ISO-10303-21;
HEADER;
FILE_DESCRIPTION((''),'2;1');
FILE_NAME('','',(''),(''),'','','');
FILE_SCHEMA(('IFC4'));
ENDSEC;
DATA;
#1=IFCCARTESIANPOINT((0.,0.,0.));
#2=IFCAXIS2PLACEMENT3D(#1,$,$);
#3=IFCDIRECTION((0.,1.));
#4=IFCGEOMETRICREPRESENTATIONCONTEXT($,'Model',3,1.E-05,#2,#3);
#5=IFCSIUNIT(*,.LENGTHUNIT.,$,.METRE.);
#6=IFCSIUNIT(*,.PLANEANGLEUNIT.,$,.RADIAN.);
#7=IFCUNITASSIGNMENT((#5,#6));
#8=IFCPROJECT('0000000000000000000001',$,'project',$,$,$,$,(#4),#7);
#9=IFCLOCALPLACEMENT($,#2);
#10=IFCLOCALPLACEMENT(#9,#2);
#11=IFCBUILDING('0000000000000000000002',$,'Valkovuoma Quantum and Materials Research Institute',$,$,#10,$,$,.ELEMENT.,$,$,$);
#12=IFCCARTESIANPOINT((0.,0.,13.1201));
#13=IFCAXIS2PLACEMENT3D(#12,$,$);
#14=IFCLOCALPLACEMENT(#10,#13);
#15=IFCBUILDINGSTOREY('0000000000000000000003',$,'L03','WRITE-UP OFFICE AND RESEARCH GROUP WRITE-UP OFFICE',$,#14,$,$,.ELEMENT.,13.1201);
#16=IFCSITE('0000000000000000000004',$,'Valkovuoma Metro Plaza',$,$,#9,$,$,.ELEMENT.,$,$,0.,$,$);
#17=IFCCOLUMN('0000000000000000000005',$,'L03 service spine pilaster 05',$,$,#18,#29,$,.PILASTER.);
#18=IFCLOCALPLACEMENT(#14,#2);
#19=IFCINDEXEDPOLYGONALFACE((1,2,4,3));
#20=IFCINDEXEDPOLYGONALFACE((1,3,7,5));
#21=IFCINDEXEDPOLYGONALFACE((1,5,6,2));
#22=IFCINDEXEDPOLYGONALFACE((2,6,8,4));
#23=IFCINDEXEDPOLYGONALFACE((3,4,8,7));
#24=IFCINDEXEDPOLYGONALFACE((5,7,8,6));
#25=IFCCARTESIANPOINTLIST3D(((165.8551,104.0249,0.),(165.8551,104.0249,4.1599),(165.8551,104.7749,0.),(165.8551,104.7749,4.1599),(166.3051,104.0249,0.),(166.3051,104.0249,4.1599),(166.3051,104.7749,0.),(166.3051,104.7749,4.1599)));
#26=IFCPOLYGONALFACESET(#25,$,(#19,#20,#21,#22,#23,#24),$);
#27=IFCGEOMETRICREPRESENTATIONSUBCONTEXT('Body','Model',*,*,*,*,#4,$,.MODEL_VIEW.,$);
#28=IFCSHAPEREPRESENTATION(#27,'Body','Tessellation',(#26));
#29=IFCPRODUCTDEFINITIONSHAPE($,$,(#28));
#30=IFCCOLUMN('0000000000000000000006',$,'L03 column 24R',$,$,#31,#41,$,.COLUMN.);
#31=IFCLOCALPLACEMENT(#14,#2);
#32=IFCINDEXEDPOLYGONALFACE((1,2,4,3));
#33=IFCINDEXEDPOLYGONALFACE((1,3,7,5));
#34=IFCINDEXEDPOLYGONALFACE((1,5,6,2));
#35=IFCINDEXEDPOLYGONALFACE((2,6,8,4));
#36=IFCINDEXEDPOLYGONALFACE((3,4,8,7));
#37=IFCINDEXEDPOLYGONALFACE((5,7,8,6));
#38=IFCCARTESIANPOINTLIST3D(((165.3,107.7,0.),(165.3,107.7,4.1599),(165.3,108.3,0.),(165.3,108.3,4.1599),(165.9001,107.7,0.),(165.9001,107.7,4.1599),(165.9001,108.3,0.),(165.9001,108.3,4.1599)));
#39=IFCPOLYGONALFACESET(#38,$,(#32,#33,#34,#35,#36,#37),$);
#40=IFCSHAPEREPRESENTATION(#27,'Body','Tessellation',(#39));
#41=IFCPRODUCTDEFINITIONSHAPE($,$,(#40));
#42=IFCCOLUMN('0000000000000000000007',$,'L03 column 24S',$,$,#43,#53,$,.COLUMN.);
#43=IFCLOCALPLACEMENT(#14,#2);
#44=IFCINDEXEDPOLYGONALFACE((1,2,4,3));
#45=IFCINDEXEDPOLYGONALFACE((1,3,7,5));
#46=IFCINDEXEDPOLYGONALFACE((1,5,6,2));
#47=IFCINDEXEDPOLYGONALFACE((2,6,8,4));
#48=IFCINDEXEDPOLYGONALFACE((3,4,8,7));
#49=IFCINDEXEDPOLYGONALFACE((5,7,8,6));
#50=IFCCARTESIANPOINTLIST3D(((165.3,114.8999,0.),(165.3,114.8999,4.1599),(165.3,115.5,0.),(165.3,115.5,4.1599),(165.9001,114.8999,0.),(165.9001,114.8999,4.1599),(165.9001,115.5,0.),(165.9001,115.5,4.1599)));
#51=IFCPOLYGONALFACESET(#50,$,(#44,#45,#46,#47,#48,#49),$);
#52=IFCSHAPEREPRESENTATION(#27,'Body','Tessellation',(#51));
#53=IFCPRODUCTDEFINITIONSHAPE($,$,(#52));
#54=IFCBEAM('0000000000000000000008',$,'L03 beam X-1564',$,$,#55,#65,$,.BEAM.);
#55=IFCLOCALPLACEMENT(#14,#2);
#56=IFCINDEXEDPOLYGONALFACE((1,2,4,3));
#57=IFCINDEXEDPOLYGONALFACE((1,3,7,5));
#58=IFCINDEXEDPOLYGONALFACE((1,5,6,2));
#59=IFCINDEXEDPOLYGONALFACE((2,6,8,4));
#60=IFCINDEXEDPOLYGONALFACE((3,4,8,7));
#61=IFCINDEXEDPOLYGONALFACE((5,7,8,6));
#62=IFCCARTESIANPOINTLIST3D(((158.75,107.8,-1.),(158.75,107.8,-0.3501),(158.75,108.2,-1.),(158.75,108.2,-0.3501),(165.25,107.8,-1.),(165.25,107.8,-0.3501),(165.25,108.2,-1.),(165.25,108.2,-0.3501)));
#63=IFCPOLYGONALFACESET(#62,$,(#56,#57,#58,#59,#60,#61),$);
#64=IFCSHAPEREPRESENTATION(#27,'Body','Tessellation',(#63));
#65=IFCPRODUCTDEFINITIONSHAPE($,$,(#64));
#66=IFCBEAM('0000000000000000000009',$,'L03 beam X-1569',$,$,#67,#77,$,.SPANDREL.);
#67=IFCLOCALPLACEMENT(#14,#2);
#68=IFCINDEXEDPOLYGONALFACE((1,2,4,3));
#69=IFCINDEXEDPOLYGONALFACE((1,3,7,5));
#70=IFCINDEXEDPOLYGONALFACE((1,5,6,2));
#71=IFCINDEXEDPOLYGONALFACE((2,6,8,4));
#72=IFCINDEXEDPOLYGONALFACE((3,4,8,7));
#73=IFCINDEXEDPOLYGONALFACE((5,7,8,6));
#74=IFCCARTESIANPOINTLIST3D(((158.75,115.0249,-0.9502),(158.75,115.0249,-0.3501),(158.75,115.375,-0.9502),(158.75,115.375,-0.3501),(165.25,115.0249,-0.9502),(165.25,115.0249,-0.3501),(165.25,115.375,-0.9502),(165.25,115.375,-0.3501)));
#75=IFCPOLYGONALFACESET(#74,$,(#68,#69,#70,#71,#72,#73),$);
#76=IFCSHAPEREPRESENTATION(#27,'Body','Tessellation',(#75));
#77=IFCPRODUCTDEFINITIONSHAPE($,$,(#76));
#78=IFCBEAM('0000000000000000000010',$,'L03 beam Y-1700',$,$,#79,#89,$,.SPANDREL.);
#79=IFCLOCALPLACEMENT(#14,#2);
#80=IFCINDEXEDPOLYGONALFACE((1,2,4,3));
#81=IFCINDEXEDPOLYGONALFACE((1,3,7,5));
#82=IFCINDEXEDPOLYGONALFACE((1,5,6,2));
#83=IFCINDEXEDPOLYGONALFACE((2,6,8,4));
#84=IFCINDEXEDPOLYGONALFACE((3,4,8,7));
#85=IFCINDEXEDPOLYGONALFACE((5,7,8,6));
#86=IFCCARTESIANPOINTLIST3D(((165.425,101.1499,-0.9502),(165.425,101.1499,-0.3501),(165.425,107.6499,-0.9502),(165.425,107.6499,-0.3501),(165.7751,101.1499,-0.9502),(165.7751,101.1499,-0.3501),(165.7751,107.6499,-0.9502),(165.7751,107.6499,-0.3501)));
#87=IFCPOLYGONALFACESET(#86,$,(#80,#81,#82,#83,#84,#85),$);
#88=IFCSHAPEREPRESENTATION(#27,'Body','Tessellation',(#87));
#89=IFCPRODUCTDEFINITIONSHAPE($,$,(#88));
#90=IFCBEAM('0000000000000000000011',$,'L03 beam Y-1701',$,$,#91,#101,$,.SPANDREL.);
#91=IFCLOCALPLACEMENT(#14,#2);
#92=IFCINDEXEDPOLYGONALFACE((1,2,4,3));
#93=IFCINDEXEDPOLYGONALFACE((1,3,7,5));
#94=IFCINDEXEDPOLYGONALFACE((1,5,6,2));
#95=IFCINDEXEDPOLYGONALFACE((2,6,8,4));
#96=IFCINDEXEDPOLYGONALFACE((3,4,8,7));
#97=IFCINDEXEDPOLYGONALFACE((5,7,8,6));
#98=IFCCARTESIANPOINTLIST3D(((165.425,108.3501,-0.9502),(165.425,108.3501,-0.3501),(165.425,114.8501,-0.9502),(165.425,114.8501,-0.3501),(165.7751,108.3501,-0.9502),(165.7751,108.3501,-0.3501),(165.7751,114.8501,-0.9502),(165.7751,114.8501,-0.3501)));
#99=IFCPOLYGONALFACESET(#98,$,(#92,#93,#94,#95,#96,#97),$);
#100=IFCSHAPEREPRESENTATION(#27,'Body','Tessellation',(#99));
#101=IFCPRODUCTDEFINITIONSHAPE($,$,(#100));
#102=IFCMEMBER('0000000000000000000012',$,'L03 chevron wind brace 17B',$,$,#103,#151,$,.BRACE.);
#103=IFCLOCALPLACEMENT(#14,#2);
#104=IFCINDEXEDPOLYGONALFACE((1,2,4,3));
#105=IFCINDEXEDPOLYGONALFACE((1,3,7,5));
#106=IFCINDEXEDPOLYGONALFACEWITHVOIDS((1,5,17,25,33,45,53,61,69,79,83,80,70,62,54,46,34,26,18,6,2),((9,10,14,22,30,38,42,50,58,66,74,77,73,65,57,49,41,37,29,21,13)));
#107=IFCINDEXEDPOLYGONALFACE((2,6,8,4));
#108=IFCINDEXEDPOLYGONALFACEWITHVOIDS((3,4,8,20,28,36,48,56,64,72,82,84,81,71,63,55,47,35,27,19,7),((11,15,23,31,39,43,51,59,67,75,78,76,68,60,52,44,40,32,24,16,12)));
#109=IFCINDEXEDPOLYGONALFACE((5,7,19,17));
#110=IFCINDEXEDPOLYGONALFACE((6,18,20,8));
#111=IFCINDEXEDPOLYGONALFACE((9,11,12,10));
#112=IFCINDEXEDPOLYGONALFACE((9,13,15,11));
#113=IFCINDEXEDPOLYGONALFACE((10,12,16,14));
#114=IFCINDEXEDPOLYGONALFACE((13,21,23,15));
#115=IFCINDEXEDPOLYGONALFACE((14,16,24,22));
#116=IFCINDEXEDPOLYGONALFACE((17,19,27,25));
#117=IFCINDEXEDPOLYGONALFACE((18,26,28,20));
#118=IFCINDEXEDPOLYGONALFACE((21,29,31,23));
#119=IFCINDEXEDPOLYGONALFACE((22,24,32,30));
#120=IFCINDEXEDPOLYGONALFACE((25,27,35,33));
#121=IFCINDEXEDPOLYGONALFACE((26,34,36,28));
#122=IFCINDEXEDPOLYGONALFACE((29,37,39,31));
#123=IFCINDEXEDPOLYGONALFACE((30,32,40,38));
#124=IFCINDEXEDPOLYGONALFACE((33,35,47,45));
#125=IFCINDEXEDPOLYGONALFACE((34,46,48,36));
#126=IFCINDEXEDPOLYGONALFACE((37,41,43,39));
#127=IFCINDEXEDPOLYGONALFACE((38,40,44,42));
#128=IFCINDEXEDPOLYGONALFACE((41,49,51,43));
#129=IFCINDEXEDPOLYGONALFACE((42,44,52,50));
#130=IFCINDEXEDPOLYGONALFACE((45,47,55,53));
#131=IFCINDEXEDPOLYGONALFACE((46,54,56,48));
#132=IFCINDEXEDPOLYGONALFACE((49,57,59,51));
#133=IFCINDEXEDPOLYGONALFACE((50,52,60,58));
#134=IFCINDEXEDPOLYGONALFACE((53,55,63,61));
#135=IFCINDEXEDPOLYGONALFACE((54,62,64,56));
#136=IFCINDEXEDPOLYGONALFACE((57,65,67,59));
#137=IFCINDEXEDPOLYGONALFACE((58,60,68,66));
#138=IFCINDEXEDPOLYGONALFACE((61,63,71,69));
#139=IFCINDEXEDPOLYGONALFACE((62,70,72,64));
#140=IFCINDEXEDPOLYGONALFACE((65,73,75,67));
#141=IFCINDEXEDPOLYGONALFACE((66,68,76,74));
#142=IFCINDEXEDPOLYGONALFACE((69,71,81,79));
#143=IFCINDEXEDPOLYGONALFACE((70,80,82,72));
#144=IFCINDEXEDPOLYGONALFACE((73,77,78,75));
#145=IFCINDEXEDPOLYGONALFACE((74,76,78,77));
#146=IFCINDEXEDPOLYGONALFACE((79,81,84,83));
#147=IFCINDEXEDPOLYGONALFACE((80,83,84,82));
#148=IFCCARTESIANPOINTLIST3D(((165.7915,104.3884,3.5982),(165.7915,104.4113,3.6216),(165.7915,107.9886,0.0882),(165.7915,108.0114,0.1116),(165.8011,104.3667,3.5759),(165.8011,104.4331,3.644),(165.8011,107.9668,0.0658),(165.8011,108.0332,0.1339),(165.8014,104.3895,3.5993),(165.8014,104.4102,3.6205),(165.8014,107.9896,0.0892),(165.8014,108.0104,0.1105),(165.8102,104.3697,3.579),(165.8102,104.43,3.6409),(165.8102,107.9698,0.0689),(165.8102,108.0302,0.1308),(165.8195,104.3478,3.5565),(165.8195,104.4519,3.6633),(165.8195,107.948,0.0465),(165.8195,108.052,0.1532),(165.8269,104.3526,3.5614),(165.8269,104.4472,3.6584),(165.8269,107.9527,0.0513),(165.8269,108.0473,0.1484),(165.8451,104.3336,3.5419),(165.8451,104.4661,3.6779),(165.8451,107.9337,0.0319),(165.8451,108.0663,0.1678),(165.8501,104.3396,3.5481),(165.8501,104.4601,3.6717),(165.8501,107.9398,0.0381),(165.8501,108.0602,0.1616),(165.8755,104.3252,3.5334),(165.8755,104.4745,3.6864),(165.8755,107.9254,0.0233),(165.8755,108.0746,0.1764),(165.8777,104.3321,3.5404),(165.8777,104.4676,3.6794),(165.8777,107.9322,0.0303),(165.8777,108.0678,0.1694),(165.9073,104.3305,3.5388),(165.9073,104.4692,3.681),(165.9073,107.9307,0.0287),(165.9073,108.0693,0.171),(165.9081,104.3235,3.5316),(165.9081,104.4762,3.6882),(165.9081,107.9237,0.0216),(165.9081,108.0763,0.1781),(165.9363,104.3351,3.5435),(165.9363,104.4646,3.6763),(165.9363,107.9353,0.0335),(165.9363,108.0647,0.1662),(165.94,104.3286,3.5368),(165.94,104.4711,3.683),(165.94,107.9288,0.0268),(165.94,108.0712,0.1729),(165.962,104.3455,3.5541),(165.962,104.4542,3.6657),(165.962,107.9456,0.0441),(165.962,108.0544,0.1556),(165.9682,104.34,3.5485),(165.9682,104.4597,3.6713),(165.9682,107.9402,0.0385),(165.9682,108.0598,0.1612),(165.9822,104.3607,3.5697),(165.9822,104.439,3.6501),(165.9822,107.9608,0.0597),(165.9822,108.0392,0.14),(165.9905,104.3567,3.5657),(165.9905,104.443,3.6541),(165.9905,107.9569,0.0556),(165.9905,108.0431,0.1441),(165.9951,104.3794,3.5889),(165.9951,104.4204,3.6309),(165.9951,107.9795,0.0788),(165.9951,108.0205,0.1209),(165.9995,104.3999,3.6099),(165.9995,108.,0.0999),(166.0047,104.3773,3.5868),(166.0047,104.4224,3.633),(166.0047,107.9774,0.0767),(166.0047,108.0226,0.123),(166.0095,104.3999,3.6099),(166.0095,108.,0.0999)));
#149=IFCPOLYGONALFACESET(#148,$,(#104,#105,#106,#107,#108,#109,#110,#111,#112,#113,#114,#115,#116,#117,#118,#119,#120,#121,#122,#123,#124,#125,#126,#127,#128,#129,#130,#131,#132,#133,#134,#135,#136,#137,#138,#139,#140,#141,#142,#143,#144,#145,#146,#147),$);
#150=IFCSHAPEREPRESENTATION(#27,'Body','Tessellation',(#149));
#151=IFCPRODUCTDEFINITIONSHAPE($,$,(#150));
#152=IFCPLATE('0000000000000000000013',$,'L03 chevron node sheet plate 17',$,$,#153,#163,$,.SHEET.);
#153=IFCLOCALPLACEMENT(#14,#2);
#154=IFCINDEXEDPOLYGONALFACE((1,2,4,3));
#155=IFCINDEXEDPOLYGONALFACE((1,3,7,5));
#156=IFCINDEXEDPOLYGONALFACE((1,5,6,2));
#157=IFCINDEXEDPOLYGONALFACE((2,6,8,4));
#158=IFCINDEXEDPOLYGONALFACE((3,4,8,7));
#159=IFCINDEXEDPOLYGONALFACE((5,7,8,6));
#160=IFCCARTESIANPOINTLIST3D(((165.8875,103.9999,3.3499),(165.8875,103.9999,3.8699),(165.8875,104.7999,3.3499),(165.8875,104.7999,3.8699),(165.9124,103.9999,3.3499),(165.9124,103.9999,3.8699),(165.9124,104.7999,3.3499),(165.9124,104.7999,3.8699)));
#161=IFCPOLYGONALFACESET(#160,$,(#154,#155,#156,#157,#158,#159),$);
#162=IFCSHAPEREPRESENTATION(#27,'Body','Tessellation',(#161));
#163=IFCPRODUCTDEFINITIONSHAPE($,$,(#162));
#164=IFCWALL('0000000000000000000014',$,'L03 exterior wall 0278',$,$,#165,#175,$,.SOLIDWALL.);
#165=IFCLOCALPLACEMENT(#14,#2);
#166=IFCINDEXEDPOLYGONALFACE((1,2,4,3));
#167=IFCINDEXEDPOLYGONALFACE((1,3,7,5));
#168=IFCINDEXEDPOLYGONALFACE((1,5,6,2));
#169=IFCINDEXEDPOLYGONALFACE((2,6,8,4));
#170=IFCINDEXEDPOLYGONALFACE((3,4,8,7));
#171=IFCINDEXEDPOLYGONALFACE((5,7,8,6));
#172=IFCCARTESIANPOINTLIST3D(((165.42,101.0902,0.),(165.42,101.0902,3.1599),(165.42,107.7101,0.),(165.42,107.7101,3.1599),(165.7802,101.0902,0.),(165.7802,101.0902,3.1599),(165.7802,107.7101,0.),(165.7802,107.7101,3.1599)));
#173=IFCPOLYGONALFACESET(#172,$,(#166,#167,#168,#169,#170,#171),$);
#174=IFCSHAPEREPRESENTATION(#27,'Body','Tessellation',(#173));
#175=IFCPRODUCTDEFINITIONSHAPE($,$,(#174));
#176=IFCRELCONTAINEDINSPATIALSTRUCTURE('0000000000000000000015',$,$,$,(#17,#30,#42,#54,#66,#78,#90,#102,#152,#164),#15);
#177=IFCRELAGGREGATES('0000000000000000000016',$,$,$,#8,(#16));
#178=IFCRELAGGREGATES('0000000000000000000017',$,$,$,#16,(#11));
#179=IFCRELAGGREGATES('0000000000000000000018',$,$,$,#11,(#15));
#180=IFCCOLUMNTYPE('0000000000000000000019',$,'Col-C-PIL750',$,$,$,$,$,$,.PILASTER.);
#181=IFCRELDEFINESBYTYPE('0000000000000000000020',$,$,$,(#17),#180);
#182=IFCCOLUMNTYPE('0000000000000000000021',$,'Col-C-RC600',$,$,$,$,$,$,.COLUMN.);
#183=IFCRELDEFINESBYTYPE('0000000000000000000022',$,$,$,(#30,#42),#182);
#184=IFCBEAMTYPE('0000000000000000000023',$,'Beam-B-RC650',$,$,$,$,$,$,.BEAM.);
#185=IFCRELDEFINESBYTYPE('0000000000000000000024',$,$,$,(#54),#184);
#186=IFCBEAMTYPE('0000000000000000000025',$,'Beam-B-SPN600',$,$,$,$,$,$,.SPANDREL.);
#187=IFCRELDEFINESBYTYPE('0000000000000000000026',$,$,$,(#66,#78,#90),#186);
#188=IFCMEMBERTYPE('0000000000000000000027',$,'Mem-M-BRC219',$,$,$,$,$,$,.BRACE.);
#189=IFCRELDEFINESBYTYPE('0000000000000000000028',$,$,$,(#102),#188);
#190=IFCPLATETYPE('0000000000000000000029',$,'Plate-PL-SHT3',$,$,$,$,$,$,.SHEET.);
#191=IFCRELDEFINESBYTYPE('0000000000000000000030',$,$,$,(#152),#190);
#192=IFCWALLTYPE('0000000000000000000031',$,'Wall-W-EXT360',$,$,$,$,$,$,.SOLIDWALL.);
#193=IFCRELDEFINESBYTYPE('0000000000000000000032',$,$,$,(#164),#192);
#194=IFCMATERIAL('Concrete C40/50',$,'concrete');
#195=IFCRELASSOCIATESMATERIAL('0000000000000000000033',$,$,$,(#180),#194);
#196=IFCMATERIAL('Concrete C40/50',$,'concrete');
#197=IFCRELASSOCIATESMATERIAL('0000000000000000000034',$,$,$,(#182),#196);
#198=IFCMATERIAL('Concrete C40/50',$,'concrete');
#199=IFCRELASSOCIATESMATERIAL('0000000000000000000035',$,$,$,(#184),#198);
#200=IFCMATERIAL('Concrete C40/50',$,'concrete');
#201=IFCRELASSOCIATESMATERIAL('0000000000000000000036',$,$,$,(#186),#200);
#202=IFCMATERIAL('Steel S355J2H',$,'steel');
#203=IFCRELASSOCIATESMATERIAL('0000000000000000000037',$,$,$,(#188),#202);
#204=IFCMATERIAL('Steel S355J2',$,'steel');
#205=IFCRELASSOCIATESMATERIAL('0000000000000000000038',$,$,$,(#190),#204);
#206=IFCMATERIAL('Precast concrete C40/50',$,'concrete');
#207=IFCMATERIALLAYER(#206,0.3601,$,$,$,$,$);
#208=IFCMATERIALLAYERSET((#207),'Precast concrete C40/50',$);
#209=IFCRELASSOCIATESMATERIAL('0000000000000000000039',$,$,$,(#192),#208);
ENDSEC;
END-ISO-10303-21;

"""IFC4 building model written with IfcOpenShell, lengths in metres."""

from ifc_helpers import new_model, si_unit, direction, frame, frame_2d, origin, origin_2d, place, context, subcontext, project, spatial, rectangle, hollow_circle, extrude, material, layer, layer_set, material_profile, profile_set, type_object, element, save


model = new_model("IFC4")

# Units and contexts
model_context = context("Model", 3, precision=1e-05, world=origin(), true_north=direction((0.0, 1.0)))
body_context = subcontext(model_context, "Body", "Model", "MODEL_VIEW")
ifc_project = project(units=[si_unit("LENGTHUNIT", "METRE"), si_unit("PLANEANGLEUNIT", "RADIAN")], contexts=[model_context])

# Site, building, storey
site_placement = place(None, origin())
site = spatial("IfcSite", under=ifc_project, at=site_placement, Name="Valkovuoma Metro Plaza", CompositionType="ELEMENT", RefElevation=0.0)
building_placement = place(site_placement, origin())
building = spatial("IfcBuilding", under=site, at=building_placement, Name="Valkovuoma Quantum and Materials Research Institute", CompositionType="ELEMENT")
storey_placement = place(building_placement, frame((0.0, 0.0, 13.1201)))
storey = spatial("IfcBuildingStorey", under=building, at=storey_placement, Name="L03", Description="WRITE-UP OFFICE AND RESEARCH GROUP WRITE-UP OFFICE", CompositionType="ELEMENT", Elevation=13.1201)

# Columns
ifc_material_1 = material(Name="Concrete C40/50", Category="concrete")
ifc_material_profile_1 = material_profile(ifc_material_1, rectangle(XDim=0.45, YDim=0.75, at=origin_2d()), Name="Concrete C40/50")
ifc_profile_set_1 = profile_set([ifc_material_profile_1], Name="Concrete C40/50")
column_type_1 = type_object("IfcColumnType", Name="Col-C-PIL750", PredefinedType="PILASTER", material=ifc_profile_set_1)
column_placement = place(storey_placement, frame((166.0801, 104.3999, 0.0), z_axis=(0.0, 0.0, 1.0), x_axis=(1.0, 0.0, 0.0)))
element("IfcColumn", 1, at=column_placement, inside=storey, type_object=column_type_1, Name="L03 service spine pilaster 05", PredefinedType="PILASTER", context=body_context, shape_type="SweptSolid", body=[
    extrude(rectangle(XDim=0.45, YDim=0.75, at=origin_2d()), origin(), (0.0, 0.0, 1.0), 4.1599),
])
ifc_material_2 = material(Name="Concrete C40/50", Category="concrete")
ifc_material_profile_2 = material_profile(ifc_material_2, rectangle(XDim=0.6001, YDim=0.6001, at=origin_2d()), Name="Concrete C40/50")
ifc_profile_set_2 = profile_set([ifc_material_profile_2], Name="Concrete C40/50")
column_type_2 = type_object("IfcColumnType", Name="Col-C-RC600", PredefinedType="COLUMN", material=ifc_profile_set_2)
for number, where, z_axis, x_axis, name in (
    (2, (165.6001, 108.0, 0.0), (0.0, 0.0, 1.0), (1.0, 0.0, 0.0), "L03 column 24R"),
    (3, (165.6001, 115.2, 0.0), (0.0, 0.0, 1.0), (1.0, 0.0, 0.0), "L03 column 24S"),
):
    element("IfcColumn", number, at=place(storey_placement, frame(where, z_axis=z_axis, x_axis=x_axis)), inside=storey, type_object=column_type_2, Name=name, PredefinedType="COLUMN", context=body_context, shape_type="SweptSolid", body=[
        extrude(rectangle(XDim=0.6001, YDim=0.6001, at=origin_2d()), origin(), (0.0, 0.0, 1.0), 4.1599),
    ])

# Beams
ifc_material_3 = material(Name="Concrete C40/50", Category="concrete")
ifc_material_profile_3 = material_profile(ifc_material_3, rectangle(XDim=0.3999, YDim=0.6499, at=origin_2d()), Name="Concrete C40/50")
ifc_profile_set_3 = profile_set([ifc_material_profile_3], Name="Concrete C40/50")
beam_type_1 = type_object("IfcBeamType", Name="Beam-B-RC650", PredefinedType="BEAM", material=ifc_profile_set_3)
beam_placement = place(storey_placement, frame((158.75, 108.0, -0.675), z_axis=(1.0, 0.0, 0.0), x_axis=(0.0, 1.0, 0.0)))
element("IfcBeam", 4, at=beam_placement, inside=storey, type_object=beam_type_1, Name="L03 beam X-1564", PredefinedType="BEAM", context=body_context, shape_type="SweptSolid", body=[
    extrude(rectangle(XDim=0.3999, YDim=0.6499, at=origin_2d()), origin(), (0.0, 0.0, 1.0), 6.5),
])
ifc_material_4 = material(Name="Concrete C40/50", Category="concrete")
ifc_material_profile_4 = material_profile(ifc_material_4, rectangle(XDim=0.3501, YDim=0.6001, at=origin_2d()), Name="Concrete C40/50")
ifc_profile_set_4 = profile_set([ifc_material_profile_4], Name="Concrete C40/50")
beam_type_2 = type_object("IfcBeamType", Name="Beam-B-SPN600", PredefinedType="SPANDREL", material=ifc_profile_set_4)
for number, where, z_axis, x_axis, name in (
    (5, (158.75, 115.2, -0.6501), (1.0, 0.0, 0.0), (0.0, 1.0, 0.0), "L03 beam X-1569"),
    (6, (165.6001, 101.1499, -0.6501), (0.0, 1.0, 0.0), (-1.0, 0.0, 0.0), "L03 beam Y-1700"),
    (7, (165.6001, 108.3501, -0.6501), (0.0, 1.0, 0.0), (-1.0, 0.0, 0.0), "L03 beam Y-1701"),
):
    element("IfcBeam", number, at=place(storey_placement, frame(where, z_axis=z_axis, x_axis=x_axis)), inside=storey, type_object=beam_type_2, Name=name, PredefinedType="SPANDREL", context=body_context, shape_type="SweptSolid", body=[
        extrude(rectangle(XDim=0.3501, YDim=0.6001, at=origin_2d()), origin(), (0.0, 0.0, 1.0), 6.5),
    ])

# Member
ifc_material_5 = material(Name="Steel S355J2H", Category="steel")
ifc_material_profile_5 = material_profile(ifc_material_5, hollow_circle(Radius=0.1096, WallThickness=0.01, at=origin_2d()), Name="Steel S355J2H")
ifc_profile_set_5 = profile_set([ifc_material_profile_5], Name="Steel S355J2H")
member_type = type_object("IfcMemberType", Name="Mem-M-BRC219", PredefinedType="BRACE", material=ifc_profile_set_5)
member_placement = place(storey_placement, frame((165.8999, 108.0, 0.0999), z_axis=(0.0, -0.716009, 0.698091), x_axis=(1.0, 0.0, 0.0)))
element("IfcMember", 8, at=member_placement, inside=storey, type_object=member_type, Name="L03 chevron wind brace 17B", PredefinedType="BRACE", context=body_context, shape_type="SweptSolid", body=[
    extrude(hollow_circle(Radius=0.1096, WallThickness=0.01, at=origin_2d()), origin(), (0.0, 0.0, 1.0), 5.0281),
])

# Plate
ifc_material_6 = material(Name="Steel S355J2", Category="steel")
plate_type = type_object("IfcPlateType", Name="Plate-PL-SHT3", PredefinedType="SHEET", material=ifc_material_6)
plate_placement = place(storey_placement, frame((165.8999, 104.3999, 3.3499), z_axis=(0.0, 0.0, 1.0), x_axis=(0.0, 1.0, 0.0)))
element("IfcPlate", 9, at=plate_placement, inside=storey, type_object=plate_type, Name="L03 chevron node sheet plate 17", PredefinedType="SHEET", context=body_context, shape_type="SweptSolid", body=[
    extrude(rectangle(XDim=0.8, YDim=0.0249, at=origin_2d()), origin(), (0.0, 0.0, 1.0), 0.52),
])

# Wall
ifc_material_7 = material(Name="Precast concrete C40/50", Category="concrete")
ifc_layer_1 = layer(ifc_material_7, 0.3601)
ifc_layer_set_1 = layer_set([ifc_layer_1], Name="Precast concrete C40/50")
wall_type = type_object("IfcWallType", Name="Wall-W-EXT360", PredefinedType="SOLIDWALL", material=ifc_layer_set_1)
wall_1_placement = place(storey_placement, frame((165.6001, 101.0901, 0.0), z_axis=(0.0, 0.0, 1.0), x_axis=(0.0, 1.0, 0.0)))
element("IfcWall", 10, at=wall_1_placement, inside=storey, type_object=wall_type, Name="L03 exterior wall 0278", PredefinedType="SOLIDWALL", context=body_context, shape_type="SweptSolid", body=[
    extrude(rectangle(XDim=6.6199, YDim=0.3601, at=frame_2d((3.3101, 0.0))), origin(), (0.0, 0.0, 1.0), 3.1599),
])

save(model, "model.ifc")
